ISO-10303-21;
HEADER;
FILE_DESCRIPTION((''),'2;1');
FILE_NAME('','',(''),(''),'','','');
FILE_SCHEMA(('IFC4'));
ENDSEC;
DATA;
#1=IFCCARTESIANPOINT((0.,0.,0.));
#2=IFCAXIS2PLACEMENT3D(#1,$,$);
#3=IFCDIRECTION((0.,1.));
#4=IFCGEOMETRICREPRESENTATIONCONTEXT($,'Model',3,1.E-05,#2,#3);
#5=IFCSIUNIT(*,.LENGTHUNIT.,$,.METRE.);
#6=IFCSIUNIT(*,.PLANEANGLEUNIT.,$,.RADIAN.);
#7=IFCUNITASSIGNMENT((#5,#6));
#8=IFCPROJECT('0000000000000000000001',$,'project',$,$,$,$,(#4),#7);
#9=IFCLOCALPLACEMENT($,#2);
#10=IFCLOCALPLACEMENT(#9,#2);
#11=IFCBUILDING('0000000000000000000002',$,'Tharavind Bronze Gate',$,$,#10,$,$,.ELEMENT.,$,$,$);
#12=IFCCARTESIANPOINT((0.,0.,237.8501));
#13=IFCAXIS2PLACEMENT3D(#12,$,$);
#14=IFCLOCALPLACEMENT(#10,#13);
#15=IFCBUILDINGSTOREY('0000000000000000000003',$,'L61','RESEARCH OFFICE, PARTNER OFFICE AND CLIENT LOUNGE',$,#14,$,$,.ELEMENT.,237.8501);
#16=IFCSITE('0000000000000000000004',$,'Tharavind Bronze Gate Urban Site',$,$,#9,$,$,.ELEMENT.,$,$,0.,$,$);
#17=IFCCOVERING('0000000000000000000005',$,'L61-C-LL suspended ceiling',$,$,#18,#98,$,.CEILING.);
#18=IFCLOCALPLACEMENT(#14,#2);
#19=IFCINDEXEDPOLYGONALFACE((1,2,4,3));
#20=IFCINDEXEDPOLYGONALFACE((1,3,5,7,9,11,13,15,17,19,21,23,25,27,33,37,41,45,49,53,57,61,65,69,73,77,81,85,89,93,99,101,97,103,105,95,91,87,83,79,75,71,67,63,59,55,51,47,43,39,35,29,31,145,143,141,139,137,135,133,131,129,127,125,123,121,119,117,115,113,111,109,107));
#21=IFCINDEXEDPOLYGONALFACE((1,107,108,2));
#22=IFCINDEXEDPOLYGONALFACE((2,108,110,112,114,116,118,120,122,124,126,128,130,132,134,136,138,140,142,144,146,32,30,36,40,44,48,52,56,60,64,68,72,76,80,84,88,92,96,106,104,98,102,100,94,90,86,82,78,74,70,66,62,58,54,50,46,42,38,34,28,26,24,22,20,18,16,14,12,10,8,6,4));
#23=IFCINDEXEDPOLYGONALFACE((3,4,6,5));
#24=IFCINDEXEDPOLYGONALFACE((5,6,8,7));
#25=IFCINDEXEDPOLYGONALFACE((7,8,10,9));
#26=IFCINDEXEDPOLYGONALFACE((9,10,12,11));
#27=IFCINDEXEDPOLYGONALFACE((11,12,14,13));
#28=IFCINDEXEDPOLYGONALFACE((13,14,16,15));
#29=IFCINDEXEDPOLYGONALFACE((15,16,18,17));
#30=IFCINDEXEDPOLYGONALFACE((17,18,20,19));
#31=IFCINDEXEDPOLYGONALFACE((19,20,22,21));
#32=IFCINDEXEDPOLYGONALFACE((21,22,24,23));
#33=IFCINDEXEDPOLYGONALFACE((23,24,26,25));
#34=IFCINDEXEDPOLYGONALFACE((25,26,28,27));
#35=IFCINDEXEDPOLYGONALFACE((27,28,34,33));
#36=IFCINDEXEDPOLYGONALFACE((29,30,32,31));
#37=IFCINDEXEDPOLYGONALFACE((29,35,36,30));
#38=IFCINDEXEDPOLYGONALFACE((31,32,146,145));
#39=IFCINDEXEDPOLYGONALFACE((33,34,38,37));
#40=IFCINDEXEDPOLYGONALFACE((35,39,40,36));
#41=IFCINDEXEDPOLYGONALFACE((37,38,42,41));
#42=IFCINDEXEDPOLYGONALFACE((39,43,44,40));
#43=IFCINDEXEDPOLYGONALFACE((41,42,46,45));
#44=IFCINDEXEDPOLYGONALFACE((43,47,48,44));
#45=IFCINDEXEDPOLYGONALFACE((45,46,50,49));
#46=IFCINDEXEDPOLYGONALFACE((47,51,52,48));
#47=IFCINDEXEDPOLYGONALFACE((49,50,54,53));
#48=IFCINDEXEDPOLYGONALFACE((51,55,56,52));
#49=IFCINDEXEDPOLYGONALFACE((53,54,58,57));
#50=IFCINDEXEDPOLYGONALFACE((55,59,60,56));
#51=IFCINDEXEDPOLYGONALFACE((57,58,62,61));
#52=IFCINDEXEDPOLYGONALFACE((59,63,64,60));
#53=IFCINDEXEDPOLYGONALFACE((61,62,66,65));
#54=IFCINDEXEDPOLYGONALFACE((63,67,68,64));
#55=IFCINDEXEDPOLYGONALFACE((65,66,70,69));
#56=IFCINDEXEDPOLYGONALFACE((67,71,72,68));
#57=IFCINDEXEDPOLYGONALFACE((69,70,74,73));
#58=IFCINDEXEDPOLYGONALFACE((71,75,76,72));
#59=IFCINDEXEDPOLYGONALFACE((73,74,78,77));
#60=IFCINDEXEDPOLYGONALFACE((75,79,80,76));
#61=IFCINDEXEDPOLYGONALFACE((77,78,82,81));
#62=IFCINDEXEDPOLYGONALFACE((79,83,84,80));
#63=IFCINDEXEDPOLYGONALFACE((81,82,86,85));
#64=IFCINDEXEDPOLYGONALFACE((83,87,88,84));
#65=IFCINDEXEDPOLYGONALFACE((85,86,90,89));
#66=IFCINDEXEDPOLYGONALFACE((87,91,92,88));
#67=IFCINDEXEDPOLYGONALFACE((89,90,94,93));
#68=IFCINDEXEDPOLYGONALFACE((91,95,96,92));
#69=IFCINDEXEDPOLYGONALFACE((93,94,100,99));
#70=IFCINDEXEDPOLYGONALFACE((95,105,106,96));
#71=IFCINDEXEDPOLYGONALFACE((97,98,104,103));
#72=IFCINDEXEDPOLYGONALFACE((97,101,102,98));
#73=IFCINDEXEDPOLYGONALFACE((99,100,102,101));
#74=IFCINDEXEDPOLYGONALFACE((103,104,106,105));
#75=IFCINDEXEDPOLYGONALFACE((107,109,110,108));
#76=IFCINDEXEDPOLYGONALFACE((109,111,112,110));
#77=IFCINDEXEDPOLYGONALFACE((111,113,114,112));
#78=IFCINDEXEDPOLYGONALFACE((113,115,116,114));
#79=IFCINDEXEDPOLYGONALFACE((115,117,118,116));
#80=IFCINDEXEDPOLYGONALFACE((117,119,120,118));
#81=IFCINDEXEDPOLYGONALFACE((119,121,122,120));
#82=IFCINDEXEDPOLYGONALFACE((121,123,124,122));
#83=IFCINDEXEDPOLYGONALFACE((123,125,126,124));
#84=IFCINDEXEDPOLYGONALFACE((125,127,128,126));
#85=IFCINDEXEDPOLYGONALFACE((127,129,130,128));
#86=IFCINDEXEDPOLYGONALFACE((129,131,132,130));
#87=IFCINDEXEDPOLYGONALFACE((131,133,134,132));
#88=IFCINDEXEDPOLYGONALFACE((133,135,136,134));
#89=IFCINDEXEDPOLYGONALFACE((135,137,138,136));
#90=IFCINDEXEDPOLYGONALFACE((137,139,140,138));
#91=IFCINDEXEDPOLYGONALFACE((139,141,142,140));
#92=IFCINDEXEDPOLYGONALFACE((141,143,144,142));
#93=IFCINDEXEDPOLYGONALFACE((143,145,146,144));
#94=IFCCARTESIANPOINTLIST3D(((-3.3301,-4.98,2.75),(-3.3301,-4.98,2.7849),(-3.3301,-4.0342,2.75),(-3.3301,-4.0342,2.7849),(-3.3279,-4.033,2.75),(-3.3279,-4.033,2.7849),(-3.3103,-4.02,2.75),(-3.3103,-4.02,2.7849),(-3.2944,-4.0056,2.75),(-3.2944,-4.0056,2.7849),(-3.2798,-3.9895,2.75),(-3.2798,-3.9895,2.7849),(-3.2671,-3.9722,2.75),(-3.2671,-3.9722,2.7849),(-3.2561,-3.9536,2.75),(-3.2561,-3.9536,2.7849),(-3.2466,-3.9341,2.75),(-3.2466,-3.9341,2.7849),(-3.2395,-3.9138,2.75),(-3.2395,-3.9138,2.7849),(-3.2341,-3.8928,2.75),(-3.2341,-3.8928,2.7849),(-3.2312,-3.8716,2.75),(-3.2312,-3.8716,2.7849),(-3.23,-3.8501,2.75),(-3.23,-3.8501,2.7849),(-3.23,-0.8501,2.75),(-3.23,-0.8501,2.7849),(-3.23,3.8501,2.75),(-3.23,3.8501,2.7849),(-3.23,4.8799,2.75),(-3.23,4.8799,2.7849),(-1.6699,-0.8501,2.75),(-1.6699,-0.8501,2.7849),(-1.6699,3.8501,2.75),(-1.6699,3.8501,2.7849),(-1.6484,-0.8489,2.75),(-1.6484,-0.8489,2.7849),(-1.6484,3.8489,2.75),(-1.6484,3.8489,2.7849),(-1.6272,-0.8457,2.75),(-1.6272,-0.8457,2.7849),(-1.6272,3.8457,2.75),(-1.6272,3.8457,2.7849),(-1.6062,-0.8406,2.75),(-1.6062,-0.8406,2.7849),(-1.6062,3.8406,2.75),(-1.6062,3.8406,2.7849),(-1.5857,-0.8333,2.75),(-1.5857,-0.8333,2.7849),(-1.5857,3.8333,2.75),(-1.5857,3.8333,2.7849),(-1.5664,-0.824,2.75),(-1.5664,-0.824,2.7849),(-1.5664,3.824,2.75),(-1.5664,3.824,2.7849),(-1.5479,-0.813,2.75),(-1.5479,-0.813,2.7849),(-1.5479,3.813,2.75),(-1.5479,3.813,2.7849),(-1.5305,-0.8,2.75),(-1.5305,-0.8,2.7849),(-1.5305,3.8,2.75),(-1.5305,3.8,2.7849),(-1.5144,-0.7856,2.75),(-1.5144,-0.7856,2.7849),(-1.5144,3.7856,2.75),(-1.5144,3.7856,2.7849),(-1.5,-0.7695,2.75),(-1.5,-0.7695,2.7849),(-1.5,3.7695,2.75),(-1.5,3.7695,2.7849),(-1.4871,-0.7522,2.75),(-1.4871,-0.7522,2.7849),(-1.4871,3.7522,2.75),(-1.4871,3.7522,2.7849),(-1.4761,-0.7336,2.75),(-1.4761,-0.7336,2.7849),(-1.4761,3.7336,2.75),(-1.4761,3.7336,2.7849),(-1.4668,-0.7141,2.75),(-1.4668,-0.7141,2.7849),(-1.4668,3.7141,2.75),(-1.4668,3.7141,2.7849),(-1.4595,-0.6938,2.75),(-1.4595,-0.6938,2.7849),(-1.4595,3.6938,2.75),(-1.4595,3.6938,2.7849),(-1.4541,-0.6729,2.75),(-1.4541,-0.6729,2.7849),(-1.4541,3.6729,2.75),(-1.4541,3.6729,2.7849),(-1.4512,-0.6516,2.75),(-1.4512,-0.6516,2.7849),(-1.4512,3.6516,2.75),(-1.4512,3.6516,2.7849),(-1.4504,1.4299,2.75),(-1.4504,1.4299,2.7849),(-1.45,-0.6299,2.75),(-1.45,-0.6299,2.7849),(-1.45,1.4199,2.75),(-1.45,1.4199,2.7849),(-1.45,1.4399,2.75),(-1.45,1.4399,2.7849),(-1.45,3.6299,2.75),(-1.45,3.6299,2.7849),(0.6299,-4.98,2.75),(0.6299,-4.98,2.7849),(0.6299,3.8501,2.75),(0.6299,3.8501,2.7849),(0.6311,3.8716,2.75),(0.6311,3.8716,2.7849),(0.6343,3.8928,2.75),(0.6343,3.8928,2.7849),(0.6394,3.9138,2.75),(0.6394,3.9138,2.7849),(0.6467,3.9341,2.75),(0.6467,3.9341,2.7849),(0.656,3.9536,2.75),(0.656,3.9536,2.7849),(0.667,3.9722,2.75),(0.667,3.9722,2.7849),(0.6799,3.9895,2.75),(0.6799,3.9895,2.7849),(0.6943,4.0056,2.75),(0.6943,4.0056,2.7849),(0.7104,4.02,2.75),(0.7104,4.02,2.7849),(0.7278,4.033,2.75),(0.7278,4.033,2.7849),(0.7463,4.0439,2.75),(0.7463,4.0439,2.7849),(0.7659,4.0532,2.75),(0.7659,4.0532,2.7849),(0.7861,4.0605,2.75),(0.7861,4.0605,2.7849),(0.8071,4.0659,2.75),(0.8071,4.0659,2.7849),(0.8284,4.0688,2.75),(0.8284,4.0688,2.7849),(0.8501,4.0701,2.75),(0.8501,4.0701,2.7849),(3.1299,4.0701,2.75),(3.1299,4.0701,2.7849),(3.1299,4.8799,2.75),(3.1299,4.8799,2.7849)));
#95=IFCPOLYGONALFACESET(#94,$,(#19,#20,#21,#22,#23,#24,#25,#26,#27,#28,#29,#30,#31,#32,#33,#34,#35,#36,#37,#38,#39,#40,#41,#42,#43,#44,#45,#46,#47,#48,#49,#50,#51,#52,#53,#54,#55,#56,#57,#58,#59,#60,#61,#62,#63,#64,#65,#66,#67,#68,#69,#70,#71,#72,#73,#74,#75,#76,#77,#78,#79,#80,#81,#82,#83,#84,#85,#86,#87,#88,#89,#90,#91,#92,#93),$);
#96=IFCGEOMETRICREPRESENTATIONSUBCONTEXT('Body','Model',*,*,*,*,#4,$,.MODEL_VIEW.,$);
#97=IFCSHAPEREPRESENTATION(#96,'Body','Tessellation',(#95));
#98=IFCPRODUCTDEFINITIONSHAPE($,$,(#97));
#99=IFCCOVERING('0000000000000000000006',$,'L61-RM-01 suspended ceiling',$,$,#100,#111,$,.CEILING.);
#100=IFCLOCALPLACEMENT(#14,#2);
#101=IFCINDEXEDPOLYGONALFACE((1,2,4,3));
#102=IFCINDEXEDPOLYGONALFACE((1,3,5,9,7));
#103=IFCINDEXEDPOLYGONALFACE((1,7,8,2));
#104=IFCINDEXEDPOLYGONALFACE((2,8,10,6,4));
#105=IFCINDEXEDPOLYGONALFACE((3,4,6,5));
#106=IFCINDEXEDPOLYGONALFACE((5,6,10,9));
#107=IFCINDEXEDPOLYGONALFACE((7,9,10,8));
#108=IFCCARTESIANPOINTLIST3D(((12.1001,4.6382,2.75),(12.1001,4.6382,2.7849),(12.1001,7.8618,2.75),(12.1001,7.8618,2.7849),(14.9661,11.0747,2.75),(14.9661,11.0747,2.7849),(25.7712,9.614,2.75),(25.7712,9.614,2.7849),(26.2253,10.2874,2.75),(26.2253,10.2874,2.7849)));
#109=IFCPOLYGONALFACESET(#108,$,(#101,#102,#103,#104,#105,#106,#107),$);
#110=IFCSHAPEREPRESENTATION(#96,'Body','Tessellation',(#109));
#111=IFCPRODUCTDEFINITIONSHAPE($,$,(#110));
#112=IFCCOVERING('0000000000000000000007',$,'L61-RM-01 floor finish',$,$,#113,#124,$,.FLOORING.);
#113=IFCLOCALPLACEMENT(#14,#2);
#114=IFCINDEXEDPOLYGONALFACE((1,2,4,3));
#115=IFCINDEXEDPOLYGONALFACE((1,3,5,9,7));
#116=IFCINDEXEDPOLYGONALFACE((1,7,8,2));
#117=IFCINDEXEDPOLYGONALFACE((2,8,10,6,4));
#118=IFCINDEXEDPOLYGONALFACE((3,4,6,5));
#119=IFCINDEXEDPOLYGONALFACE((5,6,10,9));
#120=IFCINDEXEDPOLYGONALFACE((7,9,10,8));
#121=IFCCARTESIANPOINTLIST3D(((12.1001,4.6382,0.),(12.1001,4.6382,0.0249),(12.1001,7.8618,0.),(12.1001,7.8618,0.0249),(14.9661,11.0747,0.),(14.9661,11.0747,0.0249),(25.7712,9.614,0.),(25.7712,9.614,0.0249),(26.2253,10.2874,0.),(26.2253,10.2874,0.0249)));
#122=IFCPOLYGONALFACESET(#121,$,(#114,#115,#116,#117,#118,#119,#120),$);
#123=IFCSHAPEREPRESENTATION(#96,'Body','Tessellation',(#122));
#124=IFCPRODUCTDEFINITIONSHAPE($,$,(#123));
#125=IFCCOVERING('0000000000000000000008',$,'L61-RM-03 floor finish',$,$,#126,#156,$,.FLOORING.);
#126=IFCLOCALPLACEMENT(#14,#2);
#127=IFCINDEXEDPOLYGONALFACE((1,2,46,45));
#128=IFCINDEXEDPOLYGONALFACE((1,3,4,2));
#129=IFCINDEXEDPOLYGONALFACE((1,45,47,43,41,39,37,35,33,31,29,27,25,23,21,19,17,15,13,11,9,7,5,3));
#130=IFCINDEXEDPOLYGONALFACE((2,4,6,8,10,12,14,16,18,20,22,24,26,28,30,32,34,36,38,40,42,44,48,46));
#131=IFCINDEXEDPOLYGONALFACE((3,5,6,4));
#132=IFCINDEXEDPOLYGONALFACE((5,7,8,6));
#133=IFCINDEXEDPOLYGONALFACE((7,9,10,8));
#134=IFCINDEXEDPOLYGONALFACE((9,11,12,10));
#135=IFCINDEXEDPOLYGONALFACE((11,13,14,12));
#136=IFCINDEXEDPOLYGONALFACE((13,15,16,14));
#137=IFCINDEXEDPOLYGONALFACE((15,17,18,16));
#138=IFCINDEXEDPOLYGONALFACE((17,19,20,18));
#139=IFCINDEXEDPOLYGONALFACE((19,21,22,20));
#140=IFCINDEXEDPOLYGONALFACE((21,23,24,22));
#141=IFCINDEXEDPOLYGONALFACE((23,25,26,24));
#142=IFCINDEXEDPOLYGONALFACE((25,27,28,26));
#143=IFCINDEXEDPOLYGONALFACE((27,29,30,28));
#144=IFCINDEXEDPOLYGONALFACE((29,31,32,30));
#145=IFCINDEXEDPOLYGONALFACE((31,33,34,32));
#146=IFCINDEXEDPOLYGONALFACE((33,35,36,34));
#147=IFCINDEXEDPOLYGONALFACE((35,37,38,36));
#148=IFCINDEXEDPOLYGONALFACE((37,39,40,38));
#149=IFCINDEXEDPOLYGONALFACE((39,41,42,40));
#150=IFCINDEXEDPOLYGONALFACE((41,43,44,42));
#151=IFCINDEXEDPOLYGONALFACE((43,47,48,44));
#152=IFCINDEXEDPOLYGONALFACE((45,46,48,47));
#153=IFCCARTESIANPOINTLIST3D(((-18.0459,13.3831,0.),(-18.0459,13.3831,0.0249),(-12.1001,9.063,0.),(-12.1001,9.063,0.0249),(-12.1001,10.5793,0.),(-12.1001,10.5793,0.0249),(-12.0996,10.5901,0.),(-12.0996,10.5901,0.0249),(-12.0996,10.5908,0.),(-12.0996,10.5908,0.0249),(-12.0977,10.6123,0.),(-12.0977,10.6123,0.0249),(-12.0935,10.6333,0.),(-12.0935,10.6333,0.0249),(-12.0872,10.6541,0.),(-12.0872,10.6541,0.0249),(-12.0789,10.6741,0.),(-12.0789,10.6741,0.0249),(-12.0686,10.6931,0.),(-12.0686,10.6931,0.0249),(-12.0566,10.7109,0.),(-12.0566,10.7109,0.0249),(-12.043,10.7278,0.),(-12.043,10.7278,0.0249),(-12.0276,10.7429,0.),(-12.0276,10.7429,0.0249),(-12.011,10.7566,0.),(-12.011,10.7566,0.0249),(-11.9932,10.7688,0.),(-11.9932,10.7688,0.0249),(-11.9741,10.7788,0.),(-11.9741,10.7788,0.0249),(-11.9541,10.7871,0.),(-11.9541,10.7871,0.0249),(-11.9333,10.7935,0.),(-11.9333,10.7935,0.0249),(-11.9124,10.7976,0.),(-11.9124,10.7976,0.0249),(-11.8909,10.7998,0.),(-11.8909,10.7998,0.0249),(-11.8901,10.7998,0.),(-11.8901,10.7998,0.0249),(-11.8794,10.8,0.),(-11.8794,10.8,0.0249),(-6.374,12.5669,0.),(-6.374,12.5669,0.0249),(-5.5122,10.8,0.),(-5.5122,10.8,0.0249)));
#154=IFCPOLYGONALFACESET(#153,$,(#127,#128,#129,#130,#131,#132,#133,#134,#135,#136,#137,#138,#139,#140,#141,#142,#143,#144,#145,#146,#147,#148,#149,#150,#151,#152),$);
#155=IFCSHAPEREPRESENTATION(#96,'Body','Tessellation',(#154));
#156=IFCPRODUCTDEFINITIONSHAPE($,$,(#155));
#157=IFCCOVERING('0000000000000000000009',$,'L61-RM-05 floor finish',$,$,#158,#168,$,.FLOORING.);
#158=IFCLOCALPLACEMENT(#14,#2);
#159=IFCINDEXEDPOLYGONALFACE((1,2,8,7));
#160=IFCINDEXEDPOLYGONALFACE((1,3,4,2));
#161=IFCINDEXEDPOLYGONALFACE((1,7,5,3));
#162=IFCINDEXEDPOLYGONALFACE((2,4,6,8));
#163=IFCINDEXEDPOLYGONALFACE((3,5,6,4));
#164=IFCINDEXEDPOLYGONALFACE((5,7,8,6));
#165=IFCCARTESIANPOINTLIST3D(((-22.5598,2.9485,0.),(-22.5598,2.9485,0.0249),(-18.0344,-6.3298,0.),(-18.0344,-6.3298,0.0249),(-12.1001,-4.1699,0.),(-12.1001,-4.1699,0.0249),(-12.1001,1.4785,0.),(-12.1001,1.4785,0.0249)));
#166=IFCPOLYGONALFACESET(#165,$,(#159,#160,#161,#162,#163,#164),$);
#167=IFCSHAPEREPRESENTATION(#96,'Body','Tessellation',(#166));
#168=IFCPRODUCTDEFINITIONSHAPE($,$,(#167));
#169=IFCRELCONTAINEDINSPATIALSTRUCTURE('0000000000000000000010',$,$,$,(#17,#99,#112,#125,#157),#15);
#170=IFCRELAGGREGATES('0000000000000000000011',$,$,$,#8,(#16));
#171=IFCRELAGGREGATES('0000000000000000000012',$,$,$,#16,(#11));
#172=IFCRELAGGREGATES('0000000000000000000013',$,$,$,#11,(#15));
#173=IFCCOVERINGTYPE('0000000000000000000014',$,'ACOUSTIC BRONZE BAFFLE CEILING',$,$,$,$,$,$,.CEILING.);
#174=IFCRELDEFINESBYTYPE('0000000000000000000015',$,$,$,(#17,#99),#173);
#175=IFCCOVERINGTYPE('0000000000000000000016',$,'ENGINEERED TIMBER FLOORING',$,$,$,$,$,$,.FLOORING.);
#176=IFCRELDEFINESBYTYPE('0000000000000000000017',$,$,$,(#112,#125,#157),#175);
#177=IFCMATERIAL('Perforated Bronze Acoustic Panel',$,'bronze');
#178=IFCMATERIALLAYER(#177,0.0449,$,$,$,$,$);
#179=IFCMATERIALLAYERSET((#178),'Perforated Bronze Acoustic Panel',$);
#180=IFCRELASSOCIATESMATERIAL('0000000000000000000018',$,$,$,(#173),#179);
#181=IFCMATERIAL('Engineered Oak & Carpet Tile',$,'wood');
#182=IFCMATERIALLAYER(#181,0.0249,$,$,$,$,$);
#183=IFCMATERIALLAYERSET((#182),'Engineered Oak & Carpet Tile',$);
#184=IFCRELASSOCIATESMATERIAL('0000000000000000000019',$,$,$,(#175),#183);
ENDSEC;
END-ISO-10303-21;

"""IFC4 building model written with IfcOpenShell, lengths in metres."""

from ifc_helpers import new_model, si_unit, direction, frame, origin, place, context, subcontext, project, spatial, polyline, outline, extrude, material, layer, layer_set, type_object, element, save


model = new_model("IFC4")

# Units and contexts
model_context = context("Model", 3, precision=1e-05, world=origin(), true_north=direction((0.0, 1.0)))
body_context = subcontext(model_context, "Body", "Model", "MODEL_VIEW")
ifc_project = project(units=[si_unit("LENGTHUNIT", "METRE"), si_unit("PLANEANGLEUNIT", "RADIAN")], contexts=[model_context])

# Site, building, storey
site_placement = place(None, origin())
site = spatial("IfcSite", under=ifc_project, at=site_placement, Name="Tharavind Bronze Gate Urban Site", CompositionType="ELEMENT", RefElevation=0.0)
building_placement = place(site_placement, origin())
building = spatial("IfcBuilding", under=site, at=building_placement, Name="Tharavind Bronze Gate", CompositionType="ELEMENT")
storey_placement = place(building_placement, frame((0.0, 0.0, 237.8501)))
storey = spatial("IfcBuildingStorey", under=building, at=storey_placement, Name="L61", Description="RESEARCH OFFICE, PARTNER OFFICE AND CLIENT LOUNGE", CompositionType="ELEMENT", Elevation=237.8501)

# Coverings
ifc_material_1 = material(Name="Perforated Bronze Acoustic Panel", Category="bronze")
ifc_layer_1 = layer(ifc_material_1, 0.0449)
ifc_layer_set_1 = layer_set([ifc_layer_1], Name="Perforated Bronze Acoustic Panel")
covering_type_1 = type_object("IfcCoveringType", Name="ACOUSTIC BRONZE BAFFLE CEILING", PredefinedType="CEILING", material=ifc_layer_set_1)
covering_1_placement = place(storey_placement, frame((0.0, 0.0, 2.75)))
element("IfcCovering", 1, at=covering_1_placement, inside=storey, type_object=covering_type_1, Name="L61-C-LL suspended ceiling", PredefinedType="CEILING", context=body_context, shape_type="SweptSolid", body=[
    extrude(outline(polyline([(-3.3301, -4.98), (0.6299, -4.98), (0.6299, 3.8501), (0.6311, 3.8716), (0.6343, 3.8928), (0.6394, 3.9138), (0.6467, 3.9341), (0.656, 3.9536), (0.667, 3.9722), (0.6799, 3.9895), (0.6943, 4.0056), (0.7104, 4.02), (0.7278, 4.033), (0.7463, 4.0439), (0.7659, 4.0532), (0.7861, 4.0605), (0.8071, 4.0659), (0.8284, 4.0688), (0.8501, 4.0701), (3.1299, 4.0701), (3.1299, 4.8799), (-3.23, 4.8799), (-3.23, 3.8501), (-1.6699, 3.8501), (-1.6484, 3.8489), (-1.6272, 3.8457), (-1.6062, 3.8406), (-1.5857, 3.8333), (-1.5664, 3.824), (-1.5479, 3.813), (-1.5305, 3.8), (-1.5144, 3.7856), (-1.5, 3.7695), (-1.4871, 3.7522), (-1.4761, 3.7336), (-1.4668, 3.7141), (-1.4595, 3.6938), (-1.4541, 3.6729), (-1.4512, 3.6516), (-1.45, 3.6299), (-1.45, 1.4399), (-1.4504, 1.4299), (-1.45, 1.4199), (-1.45, -0.6299), (-1.4512, -0.6516), (-1.4541, -0.6729), (-1.4595, -0.6938), (-1.4668, -0.7141), (-1.4761, -0.7336), (-1.4871, -0.7522), (-1.5, -0.7695), (-1.5144, -0.7856), (-1.5305, -0.8), (-1.5479, -0.813), (-1.5664, -0.824), (-1.5857, -0.8333), (-1.6062, -0.8406), (-1.6272, -0.8457), (-1.6484, -0.8489), (-1.6699, -0.8501), (-3.23, -0.8501), (-3.23, -3.8501), (-3.2312, -3.8716), (-3.2341, -3.8928), (-3.2395, -3.9138), (-3.2466, -3.9341), (-3.2561, -3.9536), (-3.2671, -3.9722), (-3.2798, -3.9895), (-3.2944, -4.0056), (-3.3103, -4.02), (-3.3279, -4.033), (-3.3301, -4.0342), (-3.3301, -4.98)])), origin(), (0.0, 0.0, 1.0), 0.0349),
])
covering_2_placement = place(storey_placement, frame((0.0, 0.0, 2.75)))
element("IfcCovering", 2, at=covering_2_placement, inside=storey, type_object=covering_type_1, Name="L61-RM-01 suspended ceiling", PredefinedType="CEILING", context=body_context, shape_type="SweptSolid", body=[
    extrude(outline(polyline([(25.7712, 9.614), (26.2253, 10.2874), (14.9661, 11.0747), (12.1001, 7.8618), (12.1001, 4.6382), (25.7712, 9.614)])), origin(), (0.0, 0.0, 1.0), 0.0349),
])
ifc_material_2 = material(Name="Engineered Oak & Carpet Tile", Category="wood")
ifc_layer_2 = layer(ifc_material_2, 0.0249)
ifc_layer_set_2 = layer_set([ifc_layer_2], Name="Engineered Oak & Carpet Tile")
covering_type_2 = type_object("IfcCoveringType", Name="ENGINEERED TIMBER FLOORING", PredefinedType="FLOORING", material=ifc_layer_set_2)
covering_3_placement = place(storey_placement, origin())
element("IfcCovering", 3, at=covering_3_placement, inside=storey, type_object=covering_type_2, Name="L61-RM-01 floor finish", PredefinedType="FLOORING", context=body_context, shape_type="SweptSolid", body=[
    extrude(outline(polyline([(25.7712, 9.614), (26.2253, 10.2874), (14.9661, 11.0747), (12.1001, 7.8618), (12.1001, 4.6382), (25.7712, 9.614)])), origin(), (0.0, 0.0, 1.0), 0.0249),
])
covering_4_placement = place(storey_placement, origin())
element("IfcCovering", 4, at=covering_4_placement, inside=storey, type_object=covering_type_2, Name="L61-RM-03 floor finish", PredefinedType="FLOORING", context=body_context, shape_type="SweptSolid", body=[
    extrude(outline(polyline([(-12.1001, 9.063), (-12.1001, 10.5793), (-12.0996, 10.5901), (-12.0996, 10.5908), (-12.0977, 10.6123), (-12.0935, 10.6333), (-12.0872, 10.6541), (-12.0789, 10.6741), (-12.0686, 10.6931), (-12.0566, 10.7109), (-12.043, 10.7278), (-12.0276, 10.7429), (-12.011, 10.7566), (-11.9932, 10.7688), (-11.9741, 10.7788), (-11.9541, 10.7871), (-11.9333, 10.7935), (-11.9124, 10.7976), (-11.8909, 10.7998), (-11.8901, 10.7998), (-11.8794, 10.8), (-5.5122, 10.8), (-6.374, 12.5669), (-18.0459, 13.3831), (-12.1001, 9.063)])), origin(), (0.0, 0.0, 1.0), 0.0249),
])
covering_5_placement = place(storey_placement, origin())
element("IfcCovering", 5, at=covering_5_placement, inside=storey, type_object=covering_type_2, Name="L61-RM-05 floor finish", PredefinedType="FLOORING", context=body_context, shape_type="SweptSolid", body=[
    extrude(outline(polyline([(-18.0344, -6.3298), (-12.1001, -4.1699), (-12.1001, 1.4785), (-22.5598, 2.9485), (-18.0344, -6.3298)])), origin(), (0.0, 0.0, 1.0), 0.0249),
])

save(model, "model.ifc")
